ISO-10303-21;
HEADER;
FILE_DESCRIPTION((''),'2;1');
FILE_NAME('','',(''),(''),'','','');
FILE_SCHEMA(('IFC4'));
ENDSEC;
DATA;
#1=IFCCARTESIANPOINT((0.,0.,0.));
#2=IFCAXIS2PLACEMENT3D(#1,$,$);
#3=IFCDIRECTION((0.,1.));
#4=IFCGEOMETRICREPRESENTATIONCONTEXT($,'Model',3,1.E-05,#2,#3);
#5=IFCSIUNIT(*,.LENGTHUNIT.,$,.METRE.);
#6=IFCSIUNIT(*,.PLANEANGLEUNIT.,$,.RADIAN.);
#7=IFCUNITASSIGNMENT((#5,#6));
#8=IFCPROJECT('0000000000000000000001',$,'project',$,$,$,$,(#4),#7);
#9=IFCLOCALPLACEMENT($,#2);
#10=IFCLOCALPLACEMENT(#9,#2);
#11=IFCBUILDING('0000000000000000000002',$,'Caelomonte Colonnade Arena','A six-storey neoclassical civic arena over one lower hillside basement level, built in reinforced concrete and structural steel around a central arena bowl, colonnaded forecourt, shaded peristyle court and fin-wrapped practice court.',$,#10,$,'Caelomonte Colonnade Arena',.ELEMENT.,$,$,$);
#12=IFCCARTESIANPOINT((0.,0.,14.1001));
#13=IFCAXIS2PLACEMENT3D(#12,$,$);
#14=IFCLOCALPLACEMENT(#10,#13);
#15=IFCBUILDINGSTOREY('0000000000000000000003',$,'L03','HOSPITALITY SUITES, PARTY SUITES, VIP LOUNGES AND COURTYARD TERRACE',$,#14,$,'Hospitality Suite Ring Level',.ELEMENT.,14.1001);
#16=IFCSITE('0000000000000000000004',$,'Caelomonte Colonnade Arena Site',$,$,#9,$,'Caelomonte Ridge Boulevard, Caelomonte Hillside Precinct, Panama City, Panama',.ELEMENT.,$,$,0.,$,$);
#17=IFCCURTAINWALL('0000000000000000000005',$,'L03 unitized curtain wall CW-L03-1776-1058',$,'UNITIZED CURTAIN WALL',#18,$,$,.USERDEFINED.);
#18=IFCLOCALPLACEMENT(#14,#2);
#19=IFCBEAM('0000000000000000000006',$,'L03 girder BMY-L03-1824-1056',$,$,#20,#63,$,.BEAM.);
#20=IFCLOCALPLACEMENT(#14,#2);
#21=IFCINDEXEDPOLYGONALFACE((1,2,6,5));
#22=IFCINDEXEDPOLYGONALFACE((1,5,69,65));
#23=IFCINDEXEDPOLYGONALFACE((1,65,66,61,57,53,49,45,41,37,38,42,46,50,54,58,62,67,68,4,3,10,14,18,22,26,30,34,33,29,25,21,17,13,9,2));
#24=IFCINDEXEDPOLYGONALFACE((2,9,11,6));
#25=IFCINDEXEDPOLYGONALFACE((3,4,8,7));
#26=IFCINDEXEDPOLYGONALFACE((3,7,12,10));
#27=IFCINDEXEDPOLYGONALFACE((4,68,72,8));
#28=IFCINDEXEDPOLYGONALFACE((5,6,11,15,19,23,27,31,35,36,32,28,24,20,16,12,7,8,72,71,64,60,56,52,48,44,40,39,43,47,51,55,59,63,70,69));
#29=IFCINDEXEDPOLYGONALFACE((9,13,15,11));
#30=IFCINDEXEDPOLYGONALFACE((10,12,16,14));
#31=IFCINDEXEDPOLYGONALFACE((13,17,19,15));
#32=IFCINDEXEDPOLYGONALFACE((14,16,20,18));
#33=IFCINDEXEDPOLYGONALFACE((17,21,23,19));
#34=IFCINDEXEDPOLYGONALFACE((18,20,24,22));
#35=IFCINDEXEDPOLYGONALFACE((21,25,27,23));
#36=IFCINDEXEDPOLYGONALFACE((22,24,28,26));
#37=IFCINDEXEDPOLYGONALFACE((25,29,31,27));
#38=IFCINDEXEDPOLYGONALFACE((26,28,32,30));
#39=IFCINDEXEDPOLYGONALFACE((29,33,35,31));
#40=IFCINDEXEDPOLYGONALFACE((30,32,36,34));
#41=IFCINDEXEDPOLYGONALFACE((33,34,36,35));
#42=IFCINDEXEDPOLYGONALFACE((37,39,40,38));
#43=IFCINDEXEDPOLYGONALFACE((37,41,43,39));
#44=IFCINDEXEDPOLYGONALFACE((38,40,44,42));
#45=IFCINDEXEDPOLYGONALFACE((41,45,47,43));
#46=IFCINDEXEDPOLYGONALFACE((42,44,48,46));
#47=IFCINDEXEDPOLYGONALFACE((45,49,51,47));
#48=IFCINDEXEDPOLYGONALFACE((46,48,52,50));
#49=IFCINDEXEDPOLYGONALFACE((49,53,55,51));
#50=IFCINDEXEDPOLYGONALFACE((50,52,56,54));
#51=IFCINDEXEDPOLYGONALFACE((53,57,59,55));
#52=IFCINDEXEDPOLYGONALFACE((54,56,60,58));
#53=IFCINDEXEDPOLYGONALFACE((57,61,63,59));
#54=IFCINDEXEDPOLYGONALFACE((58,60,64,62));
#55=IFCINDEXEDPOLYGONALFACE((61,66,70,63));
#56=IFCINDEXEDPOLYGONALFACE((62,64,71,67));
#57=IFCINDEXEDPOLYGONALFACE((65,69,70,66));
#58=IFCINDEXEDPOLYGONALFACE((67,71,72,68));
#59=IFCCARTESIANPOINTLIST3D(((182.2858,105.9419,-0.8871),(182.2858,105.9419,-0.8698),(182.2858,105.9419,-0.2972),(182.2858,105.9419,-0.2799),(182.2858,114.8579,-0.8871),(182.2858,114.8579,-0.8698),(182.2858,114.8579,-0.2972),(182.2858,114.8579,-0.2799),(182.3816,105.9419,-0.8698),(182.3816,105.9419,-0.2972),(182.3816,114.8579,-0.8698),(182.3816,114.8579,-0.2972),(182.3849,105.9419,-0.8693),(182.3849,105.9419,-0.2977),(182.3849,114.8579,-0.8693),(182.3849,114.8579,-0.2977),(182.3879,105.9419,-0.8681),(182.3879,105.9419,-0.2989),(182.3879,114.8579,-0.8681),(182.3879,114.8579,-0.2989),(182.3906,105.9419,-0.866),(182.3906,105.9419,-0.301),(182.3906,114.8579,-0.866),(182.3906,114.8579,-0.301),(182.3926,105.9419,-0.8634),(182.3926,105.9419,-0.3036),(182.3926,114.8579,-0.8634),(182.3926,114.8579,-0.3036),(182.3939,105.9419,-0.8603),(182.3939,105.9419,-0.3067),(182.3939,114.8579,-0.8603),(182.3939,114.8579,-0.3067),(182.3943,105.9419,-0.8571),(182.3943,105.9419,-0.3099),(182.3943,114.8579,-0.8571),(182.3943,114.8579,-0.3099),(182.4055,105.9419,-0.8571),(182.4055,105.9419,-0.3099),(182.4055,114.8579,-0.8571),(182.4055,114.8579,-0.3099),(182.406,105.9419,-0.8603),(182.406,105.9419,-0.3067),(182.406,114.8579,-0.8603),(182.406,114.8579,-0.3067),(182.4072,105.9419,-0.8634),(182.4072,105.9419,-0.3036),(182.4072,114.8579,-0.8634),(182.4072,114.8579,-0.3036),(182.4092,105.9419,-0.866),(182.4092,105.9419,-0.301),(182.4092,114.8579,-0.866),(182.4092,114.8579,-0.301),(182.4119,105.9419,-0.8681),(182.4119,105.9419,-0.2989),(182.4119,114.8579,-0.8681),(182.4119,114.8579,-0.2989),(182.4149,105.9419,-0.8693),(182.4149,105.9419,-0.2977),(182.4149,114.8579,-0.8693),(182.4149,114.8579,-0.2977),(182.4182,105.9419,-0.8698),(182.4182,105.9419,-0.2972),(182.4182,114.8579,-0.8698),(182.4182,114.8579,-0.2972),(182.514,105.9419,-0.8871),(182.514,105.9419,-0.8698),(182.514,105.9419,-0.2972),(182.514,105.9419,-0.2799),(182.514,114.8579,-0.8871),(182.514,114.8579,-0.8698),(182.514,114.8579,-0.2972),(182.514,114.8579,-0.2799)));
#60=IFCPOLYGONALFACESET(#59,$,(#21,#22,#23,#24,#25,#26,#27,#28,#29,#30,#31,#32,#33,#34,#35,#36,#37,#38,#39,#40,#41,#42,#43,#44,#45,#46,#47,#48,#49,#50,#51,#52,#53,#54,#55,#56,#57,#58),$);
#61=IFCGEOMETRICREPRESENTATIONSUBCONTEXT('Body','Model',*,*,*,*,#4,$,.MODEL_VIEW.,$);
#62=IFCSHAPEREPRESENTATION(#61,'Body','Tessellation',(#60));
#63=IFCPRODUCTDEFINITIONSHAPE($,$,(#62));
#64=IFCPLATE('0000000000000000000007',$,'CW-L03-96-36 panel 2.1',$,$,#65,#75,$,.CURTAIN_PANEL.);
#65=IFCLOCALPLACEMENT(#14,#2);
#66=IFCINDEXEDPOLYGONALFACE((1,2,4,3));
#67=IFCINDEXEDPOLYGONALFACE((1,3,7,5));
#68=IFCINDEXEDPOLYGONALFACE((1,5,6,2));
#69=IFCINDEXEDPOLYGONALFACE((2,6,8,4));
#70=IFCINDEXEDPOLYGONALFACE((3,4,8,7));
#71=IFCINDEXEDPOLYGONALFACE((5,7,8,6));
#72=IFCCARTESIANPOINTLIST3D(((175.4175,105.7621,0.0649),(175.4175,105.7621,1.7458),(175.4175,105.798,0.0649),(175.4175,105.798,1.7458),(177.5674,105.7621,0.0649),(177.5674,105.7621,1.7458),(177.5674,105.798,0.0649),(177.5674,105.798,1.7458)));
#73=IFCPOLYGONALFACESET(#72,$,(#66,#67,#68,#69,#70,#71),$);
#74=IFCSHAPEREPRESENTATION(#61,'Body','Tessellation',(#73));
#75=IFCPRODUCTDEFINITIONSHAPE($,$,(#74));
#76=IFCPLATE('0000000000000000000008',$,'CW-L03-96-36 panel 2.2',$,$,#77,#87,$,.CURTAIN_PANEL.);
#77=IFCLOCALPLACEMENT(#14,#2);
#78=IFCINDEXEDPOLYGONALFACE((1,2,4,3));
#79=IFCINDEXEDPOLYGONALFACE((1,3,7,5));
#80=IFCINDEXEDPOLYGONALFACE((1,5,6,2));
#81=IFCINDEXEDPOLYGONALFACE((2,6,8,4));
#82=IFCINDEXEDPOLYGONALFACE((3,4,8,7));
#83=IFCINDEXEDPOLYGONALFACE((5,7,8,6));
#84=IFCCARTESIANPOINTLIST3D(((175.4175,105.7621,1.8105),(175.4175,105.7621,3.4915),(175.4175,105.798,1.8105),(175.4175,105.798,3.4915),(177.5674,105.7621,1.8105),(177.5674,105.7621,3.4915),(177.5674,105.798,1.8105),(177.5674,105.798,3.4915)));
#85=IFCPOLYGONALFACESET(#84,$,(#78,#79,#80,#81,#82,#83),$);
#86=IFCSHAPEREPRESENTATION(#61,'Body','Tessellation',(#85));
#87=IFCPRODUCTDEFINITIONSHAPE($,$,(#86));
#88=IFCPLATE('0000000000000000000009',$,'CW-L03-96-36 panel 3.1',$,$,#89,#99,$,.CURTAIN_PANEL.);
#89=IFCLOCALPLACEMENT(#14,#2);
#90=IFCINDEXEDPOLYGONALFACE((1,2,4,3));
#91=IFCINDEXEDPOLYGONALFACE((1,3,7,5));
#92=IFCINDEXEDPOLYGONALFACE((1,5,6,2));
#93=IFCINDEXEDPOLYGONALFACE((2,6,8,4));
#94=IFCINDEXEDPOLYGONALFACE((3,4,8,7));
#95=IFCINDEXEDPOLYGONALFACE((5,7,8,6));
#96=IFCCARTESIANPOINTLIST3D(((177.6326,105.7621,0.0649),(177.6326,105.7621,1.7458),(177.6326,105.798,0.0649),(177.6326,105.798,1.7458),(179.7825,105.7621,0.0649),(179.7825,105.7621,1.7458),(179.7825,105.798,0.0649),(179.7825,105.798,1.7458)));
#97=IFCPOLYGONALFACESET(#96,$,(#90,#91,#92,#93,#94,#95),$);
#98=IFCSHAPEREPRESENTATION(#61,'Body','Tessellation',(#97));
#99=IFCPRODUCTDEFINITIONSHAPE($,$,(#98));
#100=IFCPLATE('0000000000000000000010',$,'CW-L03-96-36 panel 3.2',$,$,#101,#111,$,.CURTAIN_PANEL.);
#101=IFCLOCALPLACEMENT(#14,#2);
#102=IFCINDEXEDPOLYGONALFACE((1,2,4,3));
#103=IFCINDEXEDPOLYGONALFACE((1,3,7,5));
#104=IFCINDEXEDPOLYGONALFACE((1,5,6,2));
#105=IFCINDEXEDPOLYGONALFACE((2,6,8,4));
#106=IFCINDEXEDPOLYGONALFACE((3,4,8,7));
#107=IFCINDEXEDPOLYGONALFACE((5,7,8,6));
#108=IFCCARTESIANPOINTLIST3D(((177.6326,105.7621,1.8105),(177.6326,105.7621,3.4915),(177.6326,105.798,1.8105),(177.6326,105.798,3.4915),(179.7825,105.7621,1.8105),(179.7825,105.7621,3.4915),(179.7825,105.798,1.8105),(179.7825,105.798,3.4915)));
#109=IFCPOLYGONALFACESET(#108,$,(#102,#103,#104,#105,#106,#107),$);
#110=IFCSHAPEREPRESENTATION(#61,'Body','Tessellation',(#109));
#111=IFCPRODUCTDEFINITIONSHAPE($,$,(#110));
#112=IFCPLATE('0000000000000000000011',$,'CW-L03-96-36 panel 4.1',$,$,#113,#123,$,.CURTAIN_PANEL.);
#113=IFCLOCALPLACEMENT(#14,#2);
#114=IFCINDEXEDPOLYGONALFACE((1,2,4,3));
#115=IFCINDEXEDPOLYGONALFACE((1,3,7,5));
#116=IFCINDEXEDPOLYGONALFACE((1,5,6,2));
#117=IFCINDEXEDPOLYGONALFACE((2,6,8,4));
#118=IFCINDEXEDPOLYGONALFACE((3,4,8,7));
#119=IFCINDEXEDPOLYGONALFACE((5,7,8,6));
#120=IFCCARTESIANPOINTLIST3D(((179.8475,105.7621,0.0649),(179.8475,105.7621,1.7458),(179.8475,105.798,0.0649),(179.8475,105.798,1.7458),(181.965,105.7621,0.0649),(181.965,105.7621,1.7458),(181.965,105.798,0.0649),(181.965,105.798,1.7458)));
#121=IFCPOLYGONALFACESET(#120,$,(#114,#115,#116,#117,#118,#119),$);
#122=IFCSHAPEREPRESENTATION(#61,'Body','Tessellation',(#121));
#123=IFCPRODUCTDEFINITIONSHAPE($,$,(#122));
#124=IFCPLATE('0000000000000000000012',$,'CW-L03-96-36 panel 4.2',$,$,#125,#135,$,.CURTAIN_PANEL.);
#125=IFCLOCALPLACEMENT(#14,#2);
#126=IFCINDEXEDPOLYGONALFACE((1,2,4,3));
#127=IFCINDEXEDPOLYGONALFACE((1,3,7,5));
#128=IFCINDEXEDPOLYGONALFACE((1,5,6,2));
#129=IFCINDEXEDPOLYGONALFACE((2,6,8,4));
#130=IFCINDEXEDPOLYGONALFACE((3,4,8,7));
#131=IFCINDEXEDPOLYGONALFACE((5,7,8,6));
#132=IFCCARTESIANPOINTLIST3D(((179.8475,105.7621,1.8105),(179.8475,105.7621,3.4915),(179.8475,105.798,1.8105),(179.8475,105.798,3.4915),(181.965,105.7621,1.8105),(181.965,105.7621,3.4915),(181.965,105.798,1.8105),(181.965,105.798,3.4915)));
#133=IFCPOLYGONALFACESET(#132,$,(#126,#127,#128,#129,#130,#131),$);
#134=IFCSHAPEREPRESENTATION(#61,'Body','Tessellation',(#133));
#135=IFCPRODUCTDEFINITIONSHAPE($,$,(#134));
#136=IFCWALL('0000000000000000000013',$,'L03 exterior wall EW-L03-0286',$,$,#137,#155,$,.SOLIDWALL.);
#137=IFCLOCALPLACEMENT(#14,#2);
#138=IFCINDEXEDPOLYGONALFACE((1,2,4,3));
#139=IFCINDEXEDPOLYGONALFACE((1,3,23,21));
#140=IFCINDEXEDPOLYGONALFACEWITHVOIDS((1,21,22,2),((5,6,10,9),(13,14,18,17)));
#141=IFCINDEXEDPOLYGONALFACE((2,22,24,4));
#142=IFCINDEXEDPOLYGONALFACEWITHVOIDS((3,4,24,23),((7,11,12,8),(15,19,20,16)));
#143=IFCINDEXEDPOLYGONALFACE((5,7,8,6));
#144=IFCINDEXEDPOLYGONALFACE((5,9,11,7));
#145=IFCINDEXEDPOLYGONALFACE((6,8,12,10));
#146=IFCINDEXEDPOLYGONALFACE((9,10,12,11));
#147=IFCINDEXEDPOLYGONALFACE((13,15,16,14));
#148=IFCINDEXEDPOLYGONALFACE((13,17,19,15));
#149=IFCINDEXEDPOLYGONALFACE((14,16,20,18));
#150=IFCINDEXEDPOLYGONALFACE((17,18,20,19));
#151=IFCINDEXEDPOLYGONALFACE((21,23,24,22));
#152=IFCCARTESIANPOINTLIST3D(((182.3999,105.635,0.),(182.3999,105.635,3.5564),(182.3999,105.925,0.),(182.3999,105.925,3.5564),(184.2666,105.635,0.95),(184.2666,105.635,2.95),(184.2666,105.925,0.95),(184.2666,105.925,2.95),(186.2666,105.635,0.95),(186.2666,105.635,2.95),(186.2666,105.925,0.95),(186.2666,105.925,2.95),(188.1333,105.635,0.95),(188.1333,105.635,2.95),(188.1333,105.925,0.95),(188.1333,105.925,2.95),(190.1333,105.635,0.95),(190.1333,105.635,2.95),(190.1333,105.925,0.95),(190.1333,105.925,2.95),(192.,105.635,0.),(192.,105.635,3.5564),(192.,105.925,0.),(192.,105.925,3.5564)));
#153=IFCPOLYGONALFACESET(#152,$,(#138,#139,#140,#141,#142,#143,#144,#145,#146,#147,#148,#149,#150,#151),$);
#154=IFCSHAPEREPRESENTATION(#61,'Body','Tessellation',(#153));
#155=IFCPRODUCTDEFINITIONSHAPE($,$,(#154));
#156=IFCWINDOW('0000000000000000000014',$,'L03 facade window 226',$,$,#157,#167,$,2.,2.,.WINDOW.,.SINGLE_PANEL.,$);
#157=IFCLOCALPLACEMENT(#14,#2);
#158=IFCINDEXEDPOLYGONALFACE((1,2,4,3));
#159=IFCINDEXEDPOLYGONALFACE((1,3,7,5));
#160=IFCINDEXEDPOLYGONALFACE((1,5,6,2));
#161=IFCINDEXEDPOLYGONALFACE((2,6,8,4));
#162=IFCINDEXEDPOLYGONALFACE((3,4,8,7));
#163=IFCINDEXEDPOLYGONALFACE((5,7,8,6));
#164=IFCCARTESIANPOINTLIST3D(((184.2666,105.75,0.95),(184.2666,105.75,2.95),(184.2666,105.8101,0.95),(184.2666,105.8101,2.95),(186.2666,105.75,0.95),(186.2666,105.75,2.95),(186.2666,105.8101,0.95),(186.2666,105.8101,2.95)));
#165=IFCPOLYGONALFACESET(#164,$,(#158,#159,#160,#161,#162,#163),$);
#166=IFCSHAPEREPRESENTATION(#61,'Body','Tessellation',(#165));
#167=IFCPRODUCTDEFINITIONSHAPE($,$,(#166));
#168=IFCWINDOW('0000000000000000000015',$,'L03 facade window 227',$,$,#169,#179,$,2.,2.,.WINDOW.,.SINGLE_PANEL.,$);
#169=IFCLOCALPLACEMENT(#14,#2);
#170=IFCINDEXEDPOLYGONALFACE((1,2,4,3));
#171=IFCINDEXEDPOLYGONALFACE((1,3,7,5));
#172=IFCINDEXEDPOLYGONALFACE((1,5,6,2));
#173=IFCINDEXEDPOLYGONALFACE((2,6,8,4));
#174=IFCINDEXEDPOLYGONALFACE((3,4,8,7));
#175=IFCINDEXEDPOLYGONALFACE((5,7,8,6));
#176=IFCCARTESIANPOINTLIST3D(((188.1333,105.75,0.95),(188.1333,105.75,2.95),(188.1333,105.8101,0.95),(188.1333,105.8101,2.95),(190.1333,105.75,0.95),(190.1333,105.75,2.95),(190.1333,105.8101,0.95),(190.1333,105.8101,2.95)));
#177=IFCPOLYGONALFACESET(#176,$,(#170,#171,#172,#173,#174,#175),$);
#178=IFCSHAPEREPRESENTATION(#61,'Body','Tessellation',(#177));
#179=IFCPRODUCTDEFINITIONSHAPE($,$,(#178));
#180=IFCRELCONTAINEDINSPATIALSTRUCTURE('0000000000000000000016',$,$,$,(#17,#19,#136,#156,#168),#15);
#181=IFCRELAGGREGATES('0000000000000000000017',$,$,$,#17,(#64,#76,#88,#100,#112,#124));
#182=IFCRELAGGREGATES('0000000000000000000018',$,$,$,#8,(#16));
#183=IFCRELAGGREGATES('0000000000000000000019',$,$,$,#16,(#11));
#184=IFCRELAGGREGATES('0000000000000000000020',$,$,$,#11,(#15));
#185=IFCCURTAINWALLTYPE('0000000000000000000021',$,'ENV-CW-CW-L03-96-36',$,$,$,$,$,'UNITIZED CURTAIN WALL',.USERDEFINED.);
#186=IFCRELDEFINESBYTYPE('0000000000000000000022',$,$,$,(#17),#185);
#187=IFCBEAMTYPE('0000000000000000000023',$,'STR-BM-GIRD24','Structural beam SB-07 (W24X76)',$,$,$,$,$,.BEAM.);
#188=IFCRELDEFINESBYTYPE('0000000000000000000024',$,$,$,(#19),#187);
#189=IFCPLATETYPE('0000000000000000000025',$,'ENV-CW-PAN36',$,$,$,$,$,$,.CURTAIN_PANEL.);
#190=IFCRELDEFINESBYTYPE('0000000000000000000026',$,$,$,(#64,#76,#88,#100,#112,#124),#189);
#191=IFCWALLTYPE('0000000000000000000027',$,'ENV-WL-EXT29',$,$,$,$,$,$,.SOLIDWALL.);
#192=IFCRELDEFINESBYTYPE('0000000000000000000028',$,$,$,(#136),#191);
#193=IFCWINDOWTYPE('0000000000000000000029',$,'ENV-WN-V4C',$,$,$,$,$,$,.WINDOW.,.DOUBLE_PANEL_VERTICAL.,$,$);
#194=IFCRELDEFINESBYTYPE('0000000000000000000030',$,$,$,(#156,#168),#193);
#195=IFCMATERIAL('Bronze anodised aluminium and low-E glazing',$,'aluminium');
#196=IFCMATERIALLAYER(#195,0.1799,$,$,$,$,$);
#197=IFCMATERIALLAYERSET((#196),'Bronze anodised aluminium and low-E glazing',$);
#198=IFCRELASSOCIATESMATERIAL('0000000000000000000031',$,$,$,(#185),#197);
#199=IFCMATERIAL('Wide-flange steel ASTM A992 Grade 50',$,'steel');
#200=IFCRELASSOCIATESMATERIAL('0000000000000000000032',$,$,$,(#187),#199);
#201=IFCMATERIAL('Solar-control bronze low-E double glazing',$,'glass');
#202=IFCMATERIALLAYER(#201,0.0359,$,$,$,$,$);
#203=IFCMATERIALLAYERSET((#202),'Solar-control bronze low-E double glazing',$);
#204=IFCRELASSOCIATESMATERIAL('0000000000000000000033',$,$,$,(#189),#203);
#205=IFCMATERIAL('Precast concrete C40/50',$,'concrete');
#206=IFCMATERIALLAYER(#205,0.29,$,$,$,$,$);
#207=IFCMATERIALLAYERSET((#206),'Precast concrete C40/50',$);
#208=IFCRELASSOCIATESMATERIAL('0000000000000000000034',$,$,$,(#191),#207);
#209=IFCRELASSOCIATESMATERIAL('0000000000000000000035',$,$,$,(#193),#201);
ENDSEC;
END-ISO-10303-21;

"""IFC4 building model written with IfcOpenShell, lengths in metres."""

from ifc_helpers import new_model, si_unit, direction, frame, frame_2d, origin, origin_2d, place, context, subcontext, project, spatial, rectangle, i_section, extrude, material, layer, layer_set, material_profile, profile_set, type_object, element, fill, aggregate, save


model = new_model("IFC4")

# Units and contexts
model_context = context("Model", 3, precision=1e-05, world=origin(), true_north=direction((0.0, 1.0)))
body_context = subcontext(model_context, "Body", "Model", "MODEL_VIEW")
ifc_project = project(units=[si_unit("LENGTHUNIT", "METRE"), si_unit("PLANEANGLEUNIT", "RADIAN")], contexts=[model_context])

# Site, building, storey
site_placement = place(None, origin())
site = spatial("IfcSite", under=ifc_project, at=site_placement, Name="Caelomonte Colonnade Arena Site", LongName="Caelomonte Ridge Boulevard, Caelomonte Hillside Precinct, Panama City, Panama", CompositionType="ELEMENT", RefElevation=0.0)
building_placement = place(site_placement, origin())
building = spatial("IfcBuilding", under=site, at=building_placement, Name="Caelomonte Colonnade Arena", Description="A six-storey neoclassical civic arena over one lower hillside basement level, built in reinforced concrete and structural steel around a central arena bowl, colonnaded forecourt, shaded peristyle court and fin-wrapped practice court.", LongName="Caelomonte Colonnade Arena", CompositionType="ELEMENT")
storey_placement = place(building_placement, frame((0.0, 0.0, 14.1001)))
storey = spatial("IfcBuildingStorey", under=building, at=storey_placement, Name="L03", Description="HOSPITALITY SUITES, PARTY SUITES, VIP LOUNGES AND COURTYARD TERRACE", LongName="Hospitality Suite Ring Level", CompositionType="ELEMENT", Elevation=14.1001)

# Curtain wall
ifc_material_1 = material(Name="Bronze anodised aluminium and low-E glazing", Category="aluminium")
ifc_layer_1 = layer(ifc_material_1, 0.1799)
ifc_layer_set_1 = layer_set([ifc_layer_1], Name="Bronze anodised aluminium and low-E glazing")
curtain_wall_type = type_object("IfcCurtainWallType", Name="ENV-CW-CW-L03-96-36", ElementType="UNITIZED CURTAIN WALL", PredefinedType="USERDEFINED", material=ifc_layer_set_1)
curtain_wall_placement = place(storey_placement, origin())
curtain_wall = element("IfcCurtainWall", 1, at=curtain_wall_placement, inside=storey, type_object=curtain_wall_type, Name="L03 unitized curtain wall CW-L03-1776-1058", ObjectType="UNITIZED CURTAIN WALL", PredefinedType="USERDEFINED")

# Beam
ifc_material_2 = material(Name="Wide-flange steel ASTM A992 Grade 50", Category="steel")
ifc_material_profile_1 = material_profile(ifc_material_2, i_section(OverallWidth=0.2283, OverallDepth=0.6072, WebThickness=0.0112, FlangeThickness=0.0173, FilletRadius=0.0127, at=origin_2d()), Name="W24X76")
ifc_profile_set_1 = profile_set([ifc_material_profile_1], Name="Wide-flange steel ASTM A992 Grade 50")
beam_type = type_object("IfcBeamType", Name="STR-BM-GIRD24", Description="Structural beam SB-07 (W24X76)", PredefinedType="BEAM", material=ifc_profile_set_1)
beam_placement = place(storey_placement, frame((182.3999, 105.9419, -0.5835), z_axis=(0.0, 1.0, 0.0), x_axis=(-1.0, 0.0, 0.0)))
element("IfcBeam", 2, at=beam_placement, inside=storey, type_object=beam_type, Name="L03 girder BMY-L03-1824-1056", PredefinedType="BEAM", context=body_context, shape_type="SweptSolid", body=[
    extrude(i_section(OverallWidth=0.2283, OverallDepth=0.6072, WebThickness=0.0112, FlangeThickness=0.0173, FilletRadius=0.0127, at=origin_2d()), origin(), (0.0, 0.0, 1.0), 8.916),
])

# Plates
ifc_material_3 = material(Name="Solar-control bronze low-E double glazing", Category="glass")
ifc_layer_2 = layer(ifc_material_3, 0.0359)
ifc_layer_set_2 = layer_set([ifc_layer_2], Name="Solar-control bronze low-E double glazing")
plate_type = type_object("IfcPlateType", Name="ENV-CW-PAN36", PredefinedType="CURTAIN_PANEL", material=ifc_layer_set_2)
plate_1_placement = place(storey_placement, frame((176.4924, 105.78, 0.0649), z_axis=(0.0, 0.0, 1.0), x_axis=(1.0, 0.0, 0.0)))
plate_1 = element("IfcPlate", 3, at=plate_1_placement, type_object=plate_type, Name="CW-L03-96-36 panel 2.1", PredefinedType="CURTAIN_PANEL", context=body_context, shape_type="SweptSolid", body=[
    extrude(rectangle(XDim=2.1499, YDim=0.0359, at=origin_2d()), origin(), (0.0, 0.0, 1.0), 1.6809),
])
plate_2_placement = place(storey_placement, frame((176.4924, 105.78, 1.8105), z_axis=(0.0, 0.0, 1.0), x_axis=(1.0, 0.0, 0.0)))
plate_2 = element("IfcPlate", 4, at=plate_2_placement, type_object=plate_type, Name="CW-L03-96-36 panel 2.2", PredefinedType="CURTAIN_PANEL", context=body_context, shape_type="SweptSolid", body=[
    extrude(rectangle(XDim=2.1499, YDim=0.0359, at=origin_2d()), origin(), (0.0, 0.0, 1.0), 1.6809),
])
plate_3_placement = place(storey_placement, frame((178.7075, 105.78, 0.0649), z_axis=(0.0, 0.0, 1.0), x_axis=(1.0, 0.0, 0.0)))
plate_3 = element("IfcPlate", 5, at=plate_3_placement, type_object=plate_type, Name="CW-L03-96-36 panel 3.1", PredefinedType="CURTAIN_PANEL", context=body_context, shape_type="SweptSolid", body=[
    extrude(rectangle(XDim=2.1499, YDim=0.0359, at=origin_2d()), origin(), (0.0, 0.0, 1.0), 1.6809),
])
plate_4_placement = place(storey_placement, frame((178.7075, 105.78, 1.8105), z_axis=(0.0, 0.0, 1.0), x_axis=(1.0, 0.0, 0.0)))
plate_4 = element("IfcPlate", 6, at=plate_4_placement, type_object=plate_type, Name="CW-L03-96-36 panel 3.2", PredefinedType="CURTAIN_PANEL", context=body_context, shape_type="SweptSolid", body=[
    extrude(rectangle(XDim=2.1499, YDim=0.0359, at=origin_2d()), origin(), (0.0, 0.0, 1.0), 1.6809),
])
plate_5_placement = place(storey_placement, frame((180.9062, 105.78, 0.0649), z_axis=(0.0, 0.0, 1.0), x_axis=(1.0, 0.0, 0.0)))
plate_5 = element("IfcPlate", 7, at=plate_5_placement, type_object=plate_type, Name="CW-L03-96-36 panel 4.1", PredefinedType="CURTAIN_PANEL", context=body_context, shape_type="SweptSolid", body=[
    extrude(rectangle(XDim=2.1174, YDim=0.0359, at=origin_2d()), origin(), (0.0, 0.0, 1.0), 1.6809),
])
plate_6_placement = place(storey_placement, frame((180.9062, 105.78, 1.8105), z_axis=(0.0, 0.0, 1.0), x_axis=(1.0, 0.0, 0.0)))
plate_6 = element("IfcPlate", 8, at=plate_6_placement, type_object=plate_type, Name="CW-L03-96-36 panel 4.2", PredefinedType="CURTAIN_PANEL", context=body_context, shape_type="SweptSolid", body=[
    extrude(rectangle(XDim=2.1174, YDim=0.0359, at=origin_2d()), origin(), (0.0, 0.0, 1.0), 1.6809),
])
aggregate(curtain_wall, [plate_1, plate_2, plate_3, plate_4, plate_5, plate_6])

# Wall, openings, windows
ifc_material_4 = material(Name="Precast concrete C40/50", Category="concrete")
ifc_layer_3 = layer(ifc_material_4, 0.29)
ifc_layer_set_3 = layer_set([ifc_layer_3], Name="Precast concrete C40/50")
wall_type = type_object("IfcWallType", Name="ENV-WL-EXT29", PredefinedType="SOLIDWALL", material=ifc_layer_set_3)
wall_placement = place(storey_placement, frame((182.3999, 105.78, 0.0), z_axis=(0.0, 0.0, 1.0), x_axis=(1.0, 0.0, 0.0)))
wall = element("IfcWall", 9, at=wall_placement, inside=storey, type_object=wall_type, Name="L03 exterior wall EW-L03-0286", PredefinedType="SOLIDWALL", context=body_context, shape_type="SweptSolid", body=[
    extrude(rectangle(XDim=9.6001, YDim=0.29, at=frame_2d((4.8, 0.0))), origin(), (0.0, 0.0, 1.0), 3.5564),
])
opening_1_placement = place(wall_placement, frame((3.8667, 0.0, 0.95), z_axis=(0.0, 0.0, 1.0), x_axis=(-1.0, 0.0, 0.0)))
opening_1 = element("IfcOpeningElement", 10, at=opening_1_placement, cuts=wall, PredefinedType="OPENING", context=body_context, shape_type="SweptSolid", body=[
    extrude(rectangle(XDim=2.0, YDim=2.0, at=frame_2d((1.0, 1.0))), frame((0.0, 0.155, 0.0), z_axis=(0.0, -1.0, 0.0), x_axis=(1.0, 0.0, 0.0)), (0.0, 0.0, 1.0), 0.3101),
])
opening_2_placement = place(wall_placement, frame((7.7334, 0.0, 0.95), z_axis=(0.0, 0.0, 1.0), x_axis=(-1.0, 0.0, 0.0)))
opening_2 = element("IfcOpeningElement", 11, at=opening_2_placement, cuts=wall, PredefinedType="OPENING", context=body_context, shape_type="SweptSolid", body=[
    extrude(rectangle(XDim=2.0, YDim=2.0, at=frame_2d((1.0, 1.0))), frame((0.0, 0.155, 0.0), z_axis=(0.0, -1.0, 0.0), x_axis=(1.0, 0.0, 0.0)), (0.0, 0.0, 1.0), 0.3101),
])
window_type = type_object("IfcWindowType", Name="ENV-WN-V4C", PartitioningType="DOUBLE_PANEL_VERTICAL", PredefinedType="WINDOW", material=ifc_material_3)
window_1_placement = place(opening_1_placement, origin())
window_1 = element("IfcWindow", 12, at=window_1_placement, inside=storey, type_object=window_type, Name="L03 facade window 226", OverallHeight=2.0, OverallWidth=2.0, PartitioningType="SINGLE_PANEL", PredefinedType="WINDOW", context=body_context, shape_type="SweptSolid", body=[
    extrude(rectangle(XDim=2.0, YDim=2.0, at=frame_2d((1.0, 1.0))), frame((0.0, 0.03, 0.0), z_axis=(0.0, -1.0, 0.0), x_axis=(1.0, 0.0, 0.0)), (0.0, 0.0, 1.0), 0.0601),
])
fill(opening_1, window_1)
window_2_placement = place(opening_2_placement, origin())
window_2 = element("IfcWindow", 13, at=window_2_placement, inside=storey, type_object=window_type, Name="L03 facade window 227", OverallHeight=2.0, OverallWidth=2.0, PartitioningType="SINGLE_PANEL", PredefinedType="WINDOW", context=body_context, shape_type="SweptSolid", body=[
    extrude(rectangle(XDim=2.0, YDim=2.0, at=frame_2d((1.0, 1.0))), frame((0.0, 0.03, 0.0), z_axis=(0.0, -1.0, 0.0), x_axis=(1.0, 0.0, 0.0)), (0.0, 0.0, 1.0), 0.0601),
])
fill(opening_2, window_2)

save(model, "model.ifc")
